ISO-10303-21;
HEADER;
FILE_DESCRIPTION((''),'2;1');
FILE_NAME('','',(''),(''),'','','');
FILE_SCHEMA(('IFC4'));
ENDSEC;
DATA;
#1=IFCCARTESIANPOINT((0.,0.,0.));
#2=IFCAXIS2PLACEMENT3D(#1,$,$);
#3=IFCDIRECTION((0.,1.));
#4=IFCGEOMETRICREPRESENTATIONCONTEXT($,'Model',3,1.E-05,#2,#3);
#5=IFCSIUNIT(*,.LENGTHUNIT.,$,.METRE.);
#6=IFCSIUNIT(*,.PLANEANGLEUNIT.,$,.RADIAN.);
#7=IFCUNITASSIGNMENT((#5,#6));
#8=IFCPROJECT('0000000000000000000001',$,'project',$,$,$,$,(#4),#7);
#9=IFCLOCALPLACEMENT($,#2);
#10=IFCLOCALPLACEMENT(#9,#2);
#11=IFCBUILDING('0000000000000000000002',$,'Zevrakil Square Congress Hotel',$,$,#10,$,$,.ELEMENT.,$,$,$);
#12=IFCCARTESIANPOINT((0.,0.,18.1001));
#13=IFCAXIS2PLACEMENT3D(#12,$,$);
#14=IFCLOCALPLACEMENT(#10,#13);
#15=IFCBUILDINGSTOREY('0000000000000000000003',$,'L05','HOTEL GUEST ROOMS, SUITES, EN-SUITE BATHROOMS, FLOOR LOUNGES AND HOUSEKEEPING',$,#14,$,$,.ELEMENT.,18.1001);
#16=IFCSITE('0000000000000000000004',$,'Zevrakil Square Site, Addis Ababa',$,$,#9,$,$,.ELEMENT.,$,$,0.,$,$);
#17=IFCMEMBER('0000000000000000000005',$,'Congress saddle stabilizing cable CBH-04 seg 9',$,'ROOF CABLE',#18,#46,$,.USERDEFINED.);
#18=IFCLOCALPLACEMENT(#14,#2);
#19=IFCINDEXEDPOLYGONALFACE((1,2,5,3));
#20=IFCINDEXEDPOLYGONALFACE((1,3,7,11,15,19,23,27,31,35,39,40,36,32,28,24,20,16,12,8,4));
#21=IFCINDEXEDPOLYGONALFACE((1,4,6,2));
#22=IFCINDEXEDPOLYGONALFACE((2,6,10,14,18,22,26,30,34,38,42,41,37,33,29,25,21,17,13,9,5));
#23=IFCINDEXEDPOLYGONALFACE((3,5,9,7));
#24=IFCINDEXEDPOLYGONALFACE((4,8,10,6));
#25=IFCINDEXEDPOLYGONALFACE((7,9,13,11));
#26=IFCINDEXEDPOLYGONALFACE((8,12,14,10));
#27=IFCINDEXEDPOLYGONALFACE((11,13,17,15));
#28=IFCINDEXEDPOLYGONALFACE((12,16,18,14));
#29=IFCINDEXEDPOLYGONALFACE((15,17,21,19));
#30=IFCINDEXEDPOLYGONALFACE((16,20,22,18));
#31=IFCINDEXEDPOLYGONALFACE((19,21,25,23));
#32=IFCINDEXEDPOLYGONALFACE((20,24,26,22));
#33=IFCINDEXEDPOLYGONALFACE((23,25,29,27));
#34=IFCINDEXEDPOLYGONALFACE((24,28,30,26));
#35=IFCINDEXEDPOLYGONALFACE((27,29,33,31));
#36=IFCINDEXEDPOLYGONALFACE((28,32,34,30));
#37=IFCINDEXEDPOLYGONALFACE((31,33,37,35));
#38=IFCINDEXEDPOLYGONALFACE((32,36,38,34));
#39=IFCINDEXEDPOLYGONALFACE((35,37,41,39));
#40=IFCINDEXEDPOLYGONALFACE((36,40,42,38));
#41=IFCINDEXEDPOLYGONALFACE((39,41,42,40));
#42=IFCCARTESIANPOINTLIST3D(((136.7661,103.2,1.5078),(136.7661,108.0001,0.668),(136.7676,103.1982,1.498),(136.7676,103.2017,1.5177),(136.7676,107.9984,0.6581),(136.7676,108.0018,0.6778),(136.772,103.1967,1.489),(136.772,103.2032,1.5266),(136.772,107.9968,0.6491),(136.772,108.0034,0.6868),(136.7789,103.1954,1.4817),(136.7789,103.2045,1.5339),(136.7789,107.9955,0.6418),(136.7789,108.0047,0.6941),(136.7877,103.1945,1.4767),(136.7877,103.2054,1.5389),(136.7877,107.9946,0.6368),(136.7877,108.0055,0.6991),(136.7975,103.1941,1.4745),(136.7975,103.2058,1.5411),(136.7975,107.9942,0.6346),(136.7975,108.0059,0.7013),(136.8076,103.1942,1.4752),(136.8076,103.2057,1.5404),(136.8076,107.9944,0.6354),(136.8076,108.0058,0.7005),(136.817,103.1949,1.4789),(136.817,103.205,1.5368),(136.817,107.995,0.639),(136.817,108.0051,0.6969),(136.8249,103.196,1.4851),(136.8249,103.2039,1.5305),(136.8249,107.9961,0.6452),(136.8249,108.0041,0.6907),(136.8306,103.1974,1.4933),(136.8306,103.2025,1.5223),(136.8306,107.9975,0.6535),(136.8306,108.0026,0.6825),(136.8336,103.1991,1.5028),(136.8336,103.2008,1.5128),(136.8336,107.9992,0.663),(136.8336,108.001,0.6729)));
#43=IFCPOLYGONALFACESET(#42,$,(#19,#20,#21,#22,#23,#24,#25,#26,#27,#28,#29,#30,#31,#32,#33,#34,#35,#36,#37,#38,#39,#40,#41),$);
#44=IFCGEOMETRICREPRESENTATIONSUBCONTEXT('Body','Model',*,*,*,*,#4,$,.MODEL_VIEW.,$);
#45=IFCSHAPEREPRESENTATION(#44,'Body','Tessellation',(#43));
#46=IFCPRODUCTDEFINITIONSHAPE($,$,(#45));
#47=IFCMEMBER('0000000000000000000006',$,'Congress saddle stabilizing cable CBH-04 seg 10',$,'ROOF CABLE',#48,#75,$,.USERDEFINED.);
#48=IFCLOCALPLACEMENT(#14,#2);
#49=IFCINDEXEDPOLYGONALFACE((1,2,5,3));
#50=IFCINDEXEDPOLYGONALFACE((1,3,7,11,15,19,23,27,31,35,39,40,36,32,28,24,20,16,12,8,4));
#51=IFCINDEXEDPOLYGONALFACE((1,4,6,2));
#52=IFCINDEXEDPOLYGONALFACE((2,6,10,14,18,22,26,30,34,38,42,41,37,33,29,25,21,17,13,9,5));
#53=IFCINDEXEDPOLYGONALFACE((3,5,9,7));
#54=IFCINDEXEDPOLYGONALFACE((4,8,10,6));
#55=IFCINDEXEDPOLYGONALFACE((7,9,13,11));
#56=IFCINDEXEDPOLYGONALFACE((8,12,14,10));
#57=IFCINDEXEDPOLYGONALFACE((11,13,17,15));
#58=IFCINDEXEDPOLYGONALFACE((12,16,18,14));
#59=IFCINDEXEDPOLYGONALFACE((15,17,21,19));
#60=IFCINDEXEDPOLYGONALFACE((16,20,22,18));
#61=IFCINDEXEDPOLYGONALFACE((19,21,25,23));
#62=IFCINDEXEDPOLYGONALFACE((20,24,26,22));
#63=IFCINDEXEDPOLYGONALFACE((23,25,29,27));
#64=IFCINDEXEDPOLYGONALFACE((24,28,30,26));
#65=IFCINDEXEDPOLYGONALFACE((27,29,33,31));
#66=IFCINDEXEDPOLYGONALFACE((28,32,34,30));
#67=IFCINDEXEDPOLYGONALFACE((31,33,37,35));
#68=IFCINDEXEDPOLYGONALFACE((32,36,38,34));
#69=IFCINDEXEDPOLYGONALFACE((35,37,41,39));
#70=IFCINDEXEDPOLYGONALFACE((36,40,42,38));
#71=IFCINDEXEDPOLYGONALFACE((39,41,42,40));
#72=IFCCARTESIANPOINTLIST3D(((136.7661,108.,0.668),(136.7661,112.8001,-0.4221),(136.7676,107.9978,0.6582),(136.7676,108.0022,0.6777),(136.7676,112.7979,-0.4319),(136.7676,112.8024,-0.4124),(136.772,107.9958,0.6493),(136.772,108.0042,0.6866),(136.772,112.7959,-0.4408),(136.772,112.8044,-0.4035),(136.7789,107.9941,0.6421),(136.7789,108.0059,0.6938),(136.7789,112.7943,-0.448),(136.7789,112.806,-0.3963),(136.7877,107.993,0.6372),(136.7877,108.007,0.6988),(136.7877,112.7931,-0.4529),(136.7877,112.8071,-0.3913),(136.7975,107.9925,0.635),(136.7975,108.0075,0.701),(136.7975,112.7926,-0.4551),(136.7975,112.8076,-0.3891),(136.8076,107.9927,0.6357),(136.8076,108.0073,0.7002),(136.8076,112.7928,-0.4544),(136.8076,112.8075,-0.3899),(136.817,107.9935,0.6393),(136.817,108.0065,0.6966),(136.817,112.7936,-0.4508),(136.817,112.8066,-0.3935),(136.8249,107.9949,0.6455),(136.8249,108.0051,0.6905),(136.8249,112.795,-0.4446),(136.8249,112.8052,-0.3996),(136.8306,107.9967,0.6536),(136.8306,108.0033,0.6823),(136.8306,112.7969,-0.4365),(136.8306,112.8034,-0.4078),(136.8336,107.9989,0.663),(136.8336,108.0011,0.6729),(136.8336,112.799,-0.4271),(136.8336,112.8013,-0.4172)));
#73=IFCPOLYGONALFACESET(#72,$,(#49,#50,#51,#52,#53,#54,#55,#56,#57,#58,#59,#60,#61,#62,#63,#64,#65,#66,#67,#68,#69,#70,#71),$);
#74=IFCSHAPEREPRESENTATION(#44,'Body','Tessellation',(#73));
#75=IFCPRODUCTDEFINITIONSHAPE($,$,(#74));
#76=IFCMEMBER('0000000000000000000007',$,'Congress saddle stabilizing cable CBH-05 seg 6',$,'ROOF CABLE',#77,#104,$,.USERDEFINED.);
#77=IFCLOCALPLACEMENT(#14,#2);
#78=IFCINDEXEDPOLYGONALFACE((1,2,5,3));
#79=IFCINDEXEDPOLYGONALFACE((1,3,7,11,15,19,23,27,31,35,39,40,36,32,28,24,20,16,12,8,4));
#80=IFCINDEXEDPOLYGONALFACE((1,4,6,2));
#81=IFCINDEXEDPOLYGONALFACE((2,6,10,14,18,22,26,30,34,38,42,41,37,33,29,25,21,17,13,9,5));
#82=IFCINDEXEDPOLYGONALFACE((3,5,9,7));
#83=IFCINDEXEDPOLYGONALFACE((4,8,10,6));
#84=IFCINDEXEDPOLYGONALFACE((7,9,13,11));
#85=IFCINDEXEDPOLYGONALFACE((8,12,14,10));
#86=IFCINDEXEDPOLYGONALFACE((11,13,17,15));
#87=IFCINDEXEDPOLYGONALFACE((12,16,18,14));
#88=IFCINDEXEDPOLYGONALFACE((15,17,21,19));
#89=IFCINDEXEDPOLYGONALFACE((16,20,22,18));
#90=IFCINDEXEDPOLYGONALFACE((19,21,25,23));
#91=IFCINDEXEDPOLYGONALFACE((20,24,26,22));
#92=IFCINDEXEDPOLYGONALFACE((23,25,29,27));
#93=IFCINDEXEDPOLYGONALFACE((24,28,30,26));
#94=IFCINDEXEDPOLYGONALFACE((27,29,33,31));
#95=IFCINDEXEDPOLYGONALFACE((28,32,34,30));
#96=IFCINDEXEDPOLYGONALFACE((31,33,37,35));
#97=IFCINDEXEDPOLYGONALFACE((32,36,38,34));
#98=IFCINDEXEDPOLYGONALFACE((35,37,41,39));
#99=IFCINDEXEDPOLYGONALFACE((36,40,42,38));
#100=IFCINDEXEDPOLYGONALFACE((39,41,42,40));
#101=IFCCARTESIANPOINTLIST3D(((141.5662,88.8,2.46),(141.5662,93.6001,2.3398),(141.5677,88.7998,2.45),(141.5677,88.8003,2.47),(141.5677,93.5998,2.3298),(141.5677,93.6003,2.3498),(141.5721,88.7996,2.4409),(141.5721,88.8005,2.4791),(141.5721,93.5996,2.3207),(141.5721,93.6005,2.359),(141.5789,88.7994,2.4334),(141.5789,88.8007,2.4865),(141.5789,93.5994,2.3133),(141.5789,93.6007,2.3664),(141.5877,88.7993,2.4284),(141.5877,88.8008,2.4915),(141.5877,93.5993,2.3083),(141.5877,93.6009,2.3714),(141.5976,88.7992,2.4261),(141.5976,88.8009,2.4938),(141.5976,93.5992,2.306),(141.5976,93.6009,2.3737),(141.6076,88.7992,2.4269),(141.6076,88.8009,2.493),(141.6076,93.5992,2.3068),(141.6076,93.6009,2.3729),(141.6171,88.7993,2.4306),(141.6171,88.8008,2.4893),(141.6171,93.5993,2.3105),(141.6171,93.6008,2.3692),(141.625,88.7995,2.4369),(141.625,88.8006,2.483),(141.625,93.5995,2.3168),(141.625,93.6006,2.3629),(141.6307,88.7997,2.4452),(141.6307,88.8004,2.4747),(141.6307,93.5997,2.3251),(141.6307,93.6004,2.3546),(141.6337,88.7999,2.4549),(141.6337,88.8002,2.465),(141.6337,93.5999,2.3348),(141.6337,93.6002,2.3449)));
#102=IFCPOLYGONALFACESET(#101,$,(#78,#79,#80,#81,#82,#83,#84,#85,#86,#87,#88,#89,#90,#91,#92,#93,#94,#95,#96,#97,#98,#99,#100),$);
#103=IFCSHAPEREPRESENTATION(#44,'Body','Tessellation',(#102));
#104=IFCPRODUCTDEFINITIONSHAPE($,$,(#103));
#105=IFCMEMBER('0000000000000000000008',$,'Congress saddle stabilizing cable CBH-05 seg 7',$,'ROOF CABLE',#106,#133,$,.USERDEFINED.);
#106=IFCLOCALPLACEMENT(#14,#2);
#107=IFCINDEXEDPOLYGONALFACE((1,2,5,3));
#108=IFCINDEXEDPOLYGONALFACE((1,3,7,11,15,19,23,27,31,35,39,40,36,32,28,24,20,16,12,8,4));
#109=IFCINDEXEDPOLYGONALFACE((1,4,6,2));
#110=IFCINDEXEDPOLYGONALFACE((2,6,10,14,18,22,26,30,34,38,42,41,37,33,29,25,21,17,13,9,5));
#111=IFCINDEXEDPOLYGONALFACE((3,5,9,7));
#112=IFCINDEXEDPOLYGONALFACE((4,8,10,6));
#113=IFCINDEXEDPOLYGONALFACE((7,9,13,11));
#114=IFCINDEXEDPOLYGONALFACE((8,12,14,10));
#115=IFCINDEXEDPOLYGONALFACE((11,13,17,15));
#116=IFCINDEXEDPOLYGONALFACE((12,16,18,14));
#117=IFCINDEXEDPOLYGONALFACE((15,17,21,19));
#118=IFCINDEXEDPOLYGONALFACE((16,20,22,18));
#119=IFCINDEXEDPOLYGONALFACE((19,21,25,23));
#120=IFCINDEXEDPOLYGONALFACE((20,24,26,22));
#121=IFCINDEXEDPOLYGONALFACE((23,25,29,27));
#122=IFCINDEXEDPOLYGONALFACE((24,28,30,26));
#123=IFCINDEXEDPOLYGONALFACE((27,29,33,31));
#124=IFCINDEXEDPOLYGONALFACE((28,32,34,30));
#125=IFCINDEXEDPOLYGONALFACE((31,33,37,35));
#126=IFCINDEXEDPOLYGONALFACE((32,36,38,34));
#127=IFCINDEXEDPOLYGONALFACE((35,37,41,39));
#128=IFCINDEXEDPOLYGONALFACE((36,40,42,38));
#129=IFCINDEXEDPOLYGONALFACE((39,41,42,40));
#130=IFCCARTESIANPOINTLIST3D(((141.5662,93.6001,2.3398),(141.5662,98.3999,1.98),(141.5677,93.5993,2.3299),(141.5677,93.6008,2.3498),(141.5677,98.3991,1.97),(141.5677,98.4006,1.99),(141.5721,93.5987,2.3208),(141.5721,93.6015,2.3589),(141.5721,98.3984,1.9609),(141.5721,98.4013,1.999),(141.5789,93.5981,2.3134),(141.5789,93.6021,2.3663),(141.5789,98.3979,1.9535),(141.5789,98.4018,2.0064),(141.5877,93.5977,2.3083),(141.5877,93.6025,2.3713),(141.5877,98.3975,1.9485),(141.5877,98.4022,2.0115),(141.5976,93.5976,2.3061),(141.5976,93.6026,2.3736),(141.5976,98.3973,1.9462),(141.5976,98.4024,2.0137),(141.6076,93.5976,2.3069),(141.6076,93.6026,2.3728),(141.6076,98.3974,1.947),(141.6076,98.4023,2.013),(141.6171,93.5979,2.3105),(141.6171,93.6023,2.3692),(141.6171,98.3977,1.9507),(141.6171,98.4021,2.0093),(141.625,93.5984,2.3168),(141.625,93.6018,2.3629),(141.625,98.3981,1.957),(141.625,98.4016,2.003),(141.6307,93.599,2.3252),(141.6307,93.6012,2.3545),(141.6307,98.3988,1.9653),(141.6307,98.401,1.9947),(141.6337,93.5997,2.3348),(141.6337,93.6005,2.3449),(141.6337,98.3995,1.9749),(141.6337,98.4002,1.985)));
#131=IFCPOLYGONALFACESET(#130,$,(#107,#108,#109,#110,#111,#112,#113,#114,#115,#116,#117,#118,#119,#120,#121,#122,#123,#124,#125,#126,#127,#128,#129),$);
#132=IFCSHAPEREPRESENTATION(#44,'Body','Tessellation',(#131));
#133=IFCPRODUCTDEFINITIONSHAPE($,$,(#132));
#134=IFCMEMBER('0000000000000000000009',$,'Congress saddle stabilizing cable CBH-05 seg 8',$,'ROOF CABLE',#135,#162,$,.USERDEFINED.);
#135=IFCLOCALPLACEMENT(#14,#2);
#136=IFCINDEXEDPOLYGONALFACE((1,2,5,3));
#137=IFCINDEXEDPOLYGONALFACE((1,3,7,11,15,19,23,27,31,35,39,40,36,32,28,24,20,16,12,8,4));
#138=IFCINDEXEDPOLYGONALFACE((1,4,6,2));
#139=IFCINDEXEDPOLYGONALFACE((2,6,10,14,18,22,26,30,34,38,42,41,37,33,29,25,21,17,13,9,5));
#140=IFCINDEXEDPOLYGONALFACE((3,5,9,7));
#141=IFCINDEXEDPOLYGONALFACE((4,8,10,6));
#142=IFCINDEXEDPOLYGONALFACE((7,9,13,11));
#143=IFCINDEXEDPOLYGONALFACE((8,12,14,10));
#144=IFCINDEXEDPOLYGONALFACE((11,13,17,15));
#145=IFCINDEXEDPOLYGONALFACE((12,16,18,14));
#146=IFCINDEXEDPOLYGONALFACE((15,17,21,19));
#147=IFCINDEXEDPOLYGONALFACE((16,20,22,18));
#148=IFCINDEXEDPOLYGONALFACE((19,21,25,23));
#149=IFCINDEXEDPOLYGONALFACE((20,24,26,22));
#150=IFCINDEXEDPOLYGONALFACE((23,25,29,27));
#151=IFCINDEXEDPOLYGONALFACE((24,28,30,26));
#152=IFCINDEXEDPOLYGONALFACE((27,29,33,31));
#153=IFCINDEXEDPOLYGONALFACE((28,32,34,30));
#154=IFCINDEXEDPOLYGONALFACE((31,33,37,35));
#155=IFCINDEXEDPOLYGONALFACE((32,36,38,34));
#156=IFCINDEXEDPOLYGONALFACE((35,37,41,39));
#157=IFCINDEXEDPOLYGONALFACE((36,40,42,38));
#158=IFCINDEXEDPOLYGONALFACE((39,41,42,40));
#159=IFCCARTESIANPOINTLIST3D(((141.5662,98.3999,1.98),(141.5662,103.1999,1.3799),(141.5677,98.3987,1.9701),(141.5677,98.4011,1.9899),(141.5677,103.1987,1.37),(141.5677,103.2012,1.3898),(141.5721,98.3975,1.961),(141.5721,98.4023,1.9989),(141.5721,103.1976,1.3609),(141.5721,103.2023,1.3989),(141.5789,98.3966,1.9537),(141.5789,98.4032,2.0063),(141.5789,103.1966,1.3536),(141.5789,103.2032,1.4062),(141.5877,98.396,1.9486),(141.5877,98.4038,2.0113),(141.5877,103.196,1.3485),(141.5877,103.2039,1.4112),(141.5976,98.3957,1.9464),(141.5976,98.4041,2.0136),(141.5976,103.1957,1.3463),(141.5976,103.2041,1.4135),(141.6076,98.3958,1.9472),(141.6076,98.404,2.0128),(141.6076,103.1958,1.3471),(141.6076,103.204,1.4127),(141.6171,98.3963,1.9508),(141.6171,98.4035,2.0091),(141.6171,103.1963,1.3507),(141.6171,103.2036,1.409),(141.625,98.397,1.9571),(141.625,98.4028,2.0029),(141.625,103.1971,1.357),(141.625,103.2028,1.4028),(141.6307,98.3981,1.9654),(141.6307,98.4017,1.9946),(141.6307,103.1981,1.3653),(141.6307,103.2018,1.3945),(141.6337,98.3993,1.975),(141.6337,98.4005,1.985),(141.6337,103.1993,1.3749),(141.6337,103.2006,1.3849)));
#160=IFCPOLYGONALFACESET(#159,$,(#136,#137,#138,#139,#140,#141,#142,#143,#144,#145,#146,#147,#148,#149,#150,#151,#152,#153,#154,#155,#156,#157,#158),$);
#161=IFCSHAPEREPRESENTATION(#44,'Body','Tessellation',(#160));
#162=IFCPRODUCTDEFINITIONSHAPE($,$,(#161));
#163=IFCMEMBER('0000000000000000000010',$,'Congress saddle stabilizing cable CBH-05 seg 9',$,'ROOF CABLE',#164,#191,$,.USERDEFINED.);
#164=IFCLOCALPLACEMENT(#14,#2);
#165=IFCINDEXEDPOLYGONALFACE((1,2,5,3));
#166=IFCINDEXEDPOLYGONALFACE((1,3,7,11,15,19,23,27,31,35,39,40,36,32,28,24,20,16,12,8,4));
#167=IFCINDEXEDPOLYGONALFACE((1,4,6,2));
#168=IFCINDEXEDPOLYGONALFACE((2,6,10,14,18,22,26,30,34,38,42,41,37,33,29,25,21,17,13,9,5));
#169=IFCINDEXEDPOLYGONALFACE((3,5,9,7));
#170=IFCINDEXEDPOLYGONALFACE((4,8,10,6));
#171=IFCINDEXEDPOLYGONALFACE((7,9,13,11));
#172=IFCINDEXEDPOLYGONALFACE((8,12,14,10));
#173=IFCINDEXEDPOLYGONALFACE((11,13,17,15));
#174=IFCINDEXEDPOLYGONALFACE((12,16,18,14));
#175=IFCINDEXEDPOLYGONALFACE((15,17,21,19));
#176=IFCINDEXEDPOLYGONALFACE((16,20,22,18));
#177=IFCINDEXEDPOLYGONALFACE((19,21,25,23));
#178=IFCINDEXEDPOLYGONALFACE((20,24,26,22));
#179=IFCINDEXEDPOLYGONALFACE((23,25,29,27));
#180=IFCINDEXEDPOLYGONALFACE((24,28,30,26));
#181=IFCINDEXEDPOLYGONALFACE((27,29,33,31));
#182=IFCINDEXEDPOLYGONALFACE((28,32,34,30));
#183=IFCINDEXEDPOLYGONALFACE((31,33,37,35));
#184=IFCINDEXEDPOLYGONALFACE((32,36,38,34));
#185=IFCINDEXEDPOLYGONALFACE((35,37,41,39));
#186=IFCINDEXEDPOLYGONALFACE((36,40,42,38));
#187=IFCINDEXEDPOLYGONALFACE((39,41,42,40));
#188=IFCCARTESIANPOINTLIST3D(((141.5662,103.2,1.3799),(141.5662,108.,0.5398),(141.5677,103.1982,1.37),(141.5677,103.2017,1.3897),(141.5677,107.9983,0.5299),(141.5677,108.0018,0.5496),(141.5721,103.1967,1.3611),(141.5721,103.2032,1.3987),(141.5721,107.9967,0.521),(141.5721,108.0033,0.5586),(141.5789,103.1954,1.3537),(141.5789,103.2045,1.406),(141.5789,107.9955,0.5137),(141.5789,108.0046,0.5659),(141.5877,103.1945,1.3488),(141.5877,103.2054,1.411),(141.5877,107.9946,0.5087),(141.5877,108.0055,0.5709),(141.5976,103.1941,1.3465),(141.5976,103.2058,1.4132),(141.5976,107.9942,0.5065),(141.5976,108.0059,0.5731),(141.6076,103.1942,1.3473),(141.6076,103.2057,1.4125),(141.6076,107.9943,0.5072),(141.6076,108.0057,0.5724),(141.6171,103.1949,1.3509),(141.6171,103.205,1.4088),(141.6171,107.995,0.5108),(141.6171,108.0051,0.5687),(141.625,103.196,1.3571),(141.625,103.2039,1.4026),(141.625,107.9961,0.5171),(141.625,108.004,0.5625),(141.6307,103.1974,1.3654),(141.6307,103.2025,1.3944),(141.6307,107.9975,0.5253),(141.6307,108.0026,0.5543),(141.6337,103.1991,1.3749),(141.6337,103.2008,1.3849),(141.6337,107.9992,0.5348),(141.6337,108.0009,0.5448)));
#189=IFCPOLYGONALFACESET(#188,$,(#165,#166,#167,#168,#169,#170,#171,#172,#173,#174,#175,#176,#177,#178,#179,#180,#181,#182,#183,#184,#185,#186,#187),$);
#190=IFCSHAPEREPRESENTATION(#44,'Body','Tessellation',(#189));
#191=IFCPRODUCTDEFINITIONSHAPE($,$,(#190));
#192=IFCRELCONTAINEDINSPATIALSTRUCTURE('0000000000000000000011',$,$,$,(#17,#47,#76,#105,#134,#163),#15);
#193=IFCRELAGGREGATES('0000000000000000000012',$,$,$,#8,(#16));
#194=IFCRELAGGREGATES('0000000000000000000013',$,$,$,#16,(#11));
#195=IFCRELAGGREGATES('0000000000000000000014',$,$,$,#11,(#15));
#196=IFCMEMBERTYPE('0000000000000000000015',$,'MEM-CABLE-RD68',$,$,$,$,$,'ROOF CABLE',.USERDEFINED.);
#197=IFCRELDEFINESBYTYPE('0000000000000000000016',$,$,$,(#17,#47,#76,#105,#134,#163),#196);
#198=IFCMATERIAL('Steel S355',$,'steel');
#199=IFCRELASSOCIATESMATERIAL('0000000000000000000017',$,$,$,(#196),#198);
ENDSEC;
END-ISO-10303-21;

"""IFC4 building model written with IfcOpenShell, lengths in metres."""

from ifc_helpers import new_model, si_unit, direction, frame, origin, origin_2d, place, context, subcontext, project, spatial, circle, extrude, material, material_profile, profile_set, type_object, element, save


model = new_model("IFC4")

# Units and contexts
model_context = context("Model", 3, precision=1e-05, world=origin(), true_north=direction((0.0, 1.0)))
body_context = subcontext(model_context, "Body", "Model", "MODEL_VIEW")
ifc_project = project(units=[si_unit("LENGTHUNIT", "METRE"), si_unit("PLANEANGLEUNIT", "RADIAN")], contexts=[model_context])

# Site, building, storey
site_placement = place(None, origin())
site = spatial("IfcSite", under=ifc_project, at=site_placement, Name="Zevrakil Square Site, Addis Ababa", CompositionType="ELEMENT", RefElevation=0.0)
building_placement = place(site_placement, origin())
building = spatial("IfcBuilding", under=site, at=building_placement, Name="Zevrakil Square Congress Hotel", CompositionType="ELEMENT")
storey_placement = place(building_placement, frame((0.0, 0.0, 18.1001)))
storey = spatial("IfcBuildingStorey", under=building, at=storey_placement, Name="L05", Description="HOTEL GUEST ROOMS, SUITES, EN-SUITE BATHROOMS, FLOOR LOUNGES AND HOUSEKEEPING", CompositionType="ELEMENT", Elevation=18.1001)

# Members
ifc_material_1 = material(Name="Steel S355", Category="steel")
ifc_material_profile_1 = material_profile(ifc_material_1, circle(Radius=0.0339, at=origin_2d()), Name="CABLE RD68")
ifc_profile_set_1 = profile_set([ifc_material_profile_1], Name="Steel S355")
member_type_1 = type_object("IfcMemberType", Name="MEM-CABLE-RD68", ElementType="ROOF CABLE", PredefinedType="USERDEFINED", material=ifc_profile_set_1)
member_1_placement = place(storey_placement, frame((136.8, 103.2, 1.5078), z_axis=(0.0, 0.985036, -0.172348), x_axis=(-1.0, 0.0, 0.0)))
element("IfcMember", 1, at=member_1_placement, inside=storey, type_object=member_type_1, Name="Congress saddle stabilizing cable CBH-04 seg 9", ObjectType="ROOF CABLE", PredefinedType="USERDEFINED", context=body_context, shape_type="SweptSolid", body=[
    extrude(circle(Radius=0.0339, at=origin_2d()), origin(), (0.0, 0.0, 1.0), 4.873),
])
member_2_placement = place(storey_placement, frame((136.8, 108.0, 0.668), z_axis=(0.0, 0.975169, -0.22146), x_axis=(-1.0, 0.0, 0.0)))
element("IfcMember", 2, at=member_2_placement, inside=storey, type_object=member_type_1, Name="Congress saddle stabilizing cable CBH-04 seg 10", ObjectType="ROOF CABLE", PredefinedType="USERDEFINED", context=body_context, shape_type="SweptSolid", body=[
    extrude(circle(Radius=0.0339, at=origin_2d()), origin(), (0.0, 0.0, 1.0), 4.9224),
])
member_3_placement = place(storey_placement, frame((141.6001, 88.8, 2.46), z_axis=(0.0, 0.999687, -0.025016), x_axis=(-1.0, 0.0, 0.0)))
element("IfcMember", 3, at=member_3_placement, inside=storey, type_object=member_type_1, Name="Congress saddle stabilizing cable CBH-05 seg 6", ObjectType="ROOF CABLE", PredefinedType="USERDEFINED", context=body_context, shape_type="SweptSolid", body=[
    extrude(circle(Radius=0.0339, at=origin_2d()), origin(), (0.0, 0.0, 1.0), 4.8015),
])
member_4_placement = place(storey_placement, frame((141.6001, 93.6001, 2.3398), z_axis=(0.0, 0.997201, -0.074765), x_axis=(-1.0, 0.0, 0.0)))
element("IfcMember", 4, at=member_4_placement, inside=storey, type_object=member_type_1, Name="Congress saddle stabilizing cable CBH-05 seg 7", ObjectType="ROOF CABLE", PredefinedType="USERDEFINED", context=body_context, shape_type="SweptSolid", body=[
    extrude(circle(Radius=0.0339, at=origin_2d()), origin(), (0.0, 0.0, 1.0), 4.8132),
])
member_5_placement = place(storey_placement, frame((141.6001, 98.3999, 1.98), z_axis=(0.0, 0.992276, -0.124053), x_axis=(-1.0, 0.0, 0.0)))
element("IfcMember", 5, at=member_5_placement, inside=storey, type_object=member_type_1, Name="Congress saddle stabilizing cable CBH-05 seg 8", ObjectType="ROOF CABLE", PredefinedType="USERDEFINED", context=body_context, shape_type="SweptSolid", body=[
    extrude(circle(Radius=0.0339, at=origin_2d()), origin(), (0.0, 0.0, 1.0), 4.8374),
])
member_6_placement = place(storey_placement, frame((141.6001, 103.2, 1.3799), z_axis=(0.0, 0.985028, -0.172396), x_axis=(-1.0, 0.0, 0.0)))
element("IfcMember", 6, at=member_6_placement, inside=storey, type_object=member_type_1, Name="Congress saddle stabilizing cable CBH-05 seg 9", ObjectType="ROOF CABLE", PredefinedType="USERDEFINED", context=body_context, shape_type="SweptSolid", body=[
    extrude(circle(Radius=0.0339, at=origin_2d()), origin(), (0.0, 0.0, 1.0), 4.873),
])

save(model, "model.ifc")
